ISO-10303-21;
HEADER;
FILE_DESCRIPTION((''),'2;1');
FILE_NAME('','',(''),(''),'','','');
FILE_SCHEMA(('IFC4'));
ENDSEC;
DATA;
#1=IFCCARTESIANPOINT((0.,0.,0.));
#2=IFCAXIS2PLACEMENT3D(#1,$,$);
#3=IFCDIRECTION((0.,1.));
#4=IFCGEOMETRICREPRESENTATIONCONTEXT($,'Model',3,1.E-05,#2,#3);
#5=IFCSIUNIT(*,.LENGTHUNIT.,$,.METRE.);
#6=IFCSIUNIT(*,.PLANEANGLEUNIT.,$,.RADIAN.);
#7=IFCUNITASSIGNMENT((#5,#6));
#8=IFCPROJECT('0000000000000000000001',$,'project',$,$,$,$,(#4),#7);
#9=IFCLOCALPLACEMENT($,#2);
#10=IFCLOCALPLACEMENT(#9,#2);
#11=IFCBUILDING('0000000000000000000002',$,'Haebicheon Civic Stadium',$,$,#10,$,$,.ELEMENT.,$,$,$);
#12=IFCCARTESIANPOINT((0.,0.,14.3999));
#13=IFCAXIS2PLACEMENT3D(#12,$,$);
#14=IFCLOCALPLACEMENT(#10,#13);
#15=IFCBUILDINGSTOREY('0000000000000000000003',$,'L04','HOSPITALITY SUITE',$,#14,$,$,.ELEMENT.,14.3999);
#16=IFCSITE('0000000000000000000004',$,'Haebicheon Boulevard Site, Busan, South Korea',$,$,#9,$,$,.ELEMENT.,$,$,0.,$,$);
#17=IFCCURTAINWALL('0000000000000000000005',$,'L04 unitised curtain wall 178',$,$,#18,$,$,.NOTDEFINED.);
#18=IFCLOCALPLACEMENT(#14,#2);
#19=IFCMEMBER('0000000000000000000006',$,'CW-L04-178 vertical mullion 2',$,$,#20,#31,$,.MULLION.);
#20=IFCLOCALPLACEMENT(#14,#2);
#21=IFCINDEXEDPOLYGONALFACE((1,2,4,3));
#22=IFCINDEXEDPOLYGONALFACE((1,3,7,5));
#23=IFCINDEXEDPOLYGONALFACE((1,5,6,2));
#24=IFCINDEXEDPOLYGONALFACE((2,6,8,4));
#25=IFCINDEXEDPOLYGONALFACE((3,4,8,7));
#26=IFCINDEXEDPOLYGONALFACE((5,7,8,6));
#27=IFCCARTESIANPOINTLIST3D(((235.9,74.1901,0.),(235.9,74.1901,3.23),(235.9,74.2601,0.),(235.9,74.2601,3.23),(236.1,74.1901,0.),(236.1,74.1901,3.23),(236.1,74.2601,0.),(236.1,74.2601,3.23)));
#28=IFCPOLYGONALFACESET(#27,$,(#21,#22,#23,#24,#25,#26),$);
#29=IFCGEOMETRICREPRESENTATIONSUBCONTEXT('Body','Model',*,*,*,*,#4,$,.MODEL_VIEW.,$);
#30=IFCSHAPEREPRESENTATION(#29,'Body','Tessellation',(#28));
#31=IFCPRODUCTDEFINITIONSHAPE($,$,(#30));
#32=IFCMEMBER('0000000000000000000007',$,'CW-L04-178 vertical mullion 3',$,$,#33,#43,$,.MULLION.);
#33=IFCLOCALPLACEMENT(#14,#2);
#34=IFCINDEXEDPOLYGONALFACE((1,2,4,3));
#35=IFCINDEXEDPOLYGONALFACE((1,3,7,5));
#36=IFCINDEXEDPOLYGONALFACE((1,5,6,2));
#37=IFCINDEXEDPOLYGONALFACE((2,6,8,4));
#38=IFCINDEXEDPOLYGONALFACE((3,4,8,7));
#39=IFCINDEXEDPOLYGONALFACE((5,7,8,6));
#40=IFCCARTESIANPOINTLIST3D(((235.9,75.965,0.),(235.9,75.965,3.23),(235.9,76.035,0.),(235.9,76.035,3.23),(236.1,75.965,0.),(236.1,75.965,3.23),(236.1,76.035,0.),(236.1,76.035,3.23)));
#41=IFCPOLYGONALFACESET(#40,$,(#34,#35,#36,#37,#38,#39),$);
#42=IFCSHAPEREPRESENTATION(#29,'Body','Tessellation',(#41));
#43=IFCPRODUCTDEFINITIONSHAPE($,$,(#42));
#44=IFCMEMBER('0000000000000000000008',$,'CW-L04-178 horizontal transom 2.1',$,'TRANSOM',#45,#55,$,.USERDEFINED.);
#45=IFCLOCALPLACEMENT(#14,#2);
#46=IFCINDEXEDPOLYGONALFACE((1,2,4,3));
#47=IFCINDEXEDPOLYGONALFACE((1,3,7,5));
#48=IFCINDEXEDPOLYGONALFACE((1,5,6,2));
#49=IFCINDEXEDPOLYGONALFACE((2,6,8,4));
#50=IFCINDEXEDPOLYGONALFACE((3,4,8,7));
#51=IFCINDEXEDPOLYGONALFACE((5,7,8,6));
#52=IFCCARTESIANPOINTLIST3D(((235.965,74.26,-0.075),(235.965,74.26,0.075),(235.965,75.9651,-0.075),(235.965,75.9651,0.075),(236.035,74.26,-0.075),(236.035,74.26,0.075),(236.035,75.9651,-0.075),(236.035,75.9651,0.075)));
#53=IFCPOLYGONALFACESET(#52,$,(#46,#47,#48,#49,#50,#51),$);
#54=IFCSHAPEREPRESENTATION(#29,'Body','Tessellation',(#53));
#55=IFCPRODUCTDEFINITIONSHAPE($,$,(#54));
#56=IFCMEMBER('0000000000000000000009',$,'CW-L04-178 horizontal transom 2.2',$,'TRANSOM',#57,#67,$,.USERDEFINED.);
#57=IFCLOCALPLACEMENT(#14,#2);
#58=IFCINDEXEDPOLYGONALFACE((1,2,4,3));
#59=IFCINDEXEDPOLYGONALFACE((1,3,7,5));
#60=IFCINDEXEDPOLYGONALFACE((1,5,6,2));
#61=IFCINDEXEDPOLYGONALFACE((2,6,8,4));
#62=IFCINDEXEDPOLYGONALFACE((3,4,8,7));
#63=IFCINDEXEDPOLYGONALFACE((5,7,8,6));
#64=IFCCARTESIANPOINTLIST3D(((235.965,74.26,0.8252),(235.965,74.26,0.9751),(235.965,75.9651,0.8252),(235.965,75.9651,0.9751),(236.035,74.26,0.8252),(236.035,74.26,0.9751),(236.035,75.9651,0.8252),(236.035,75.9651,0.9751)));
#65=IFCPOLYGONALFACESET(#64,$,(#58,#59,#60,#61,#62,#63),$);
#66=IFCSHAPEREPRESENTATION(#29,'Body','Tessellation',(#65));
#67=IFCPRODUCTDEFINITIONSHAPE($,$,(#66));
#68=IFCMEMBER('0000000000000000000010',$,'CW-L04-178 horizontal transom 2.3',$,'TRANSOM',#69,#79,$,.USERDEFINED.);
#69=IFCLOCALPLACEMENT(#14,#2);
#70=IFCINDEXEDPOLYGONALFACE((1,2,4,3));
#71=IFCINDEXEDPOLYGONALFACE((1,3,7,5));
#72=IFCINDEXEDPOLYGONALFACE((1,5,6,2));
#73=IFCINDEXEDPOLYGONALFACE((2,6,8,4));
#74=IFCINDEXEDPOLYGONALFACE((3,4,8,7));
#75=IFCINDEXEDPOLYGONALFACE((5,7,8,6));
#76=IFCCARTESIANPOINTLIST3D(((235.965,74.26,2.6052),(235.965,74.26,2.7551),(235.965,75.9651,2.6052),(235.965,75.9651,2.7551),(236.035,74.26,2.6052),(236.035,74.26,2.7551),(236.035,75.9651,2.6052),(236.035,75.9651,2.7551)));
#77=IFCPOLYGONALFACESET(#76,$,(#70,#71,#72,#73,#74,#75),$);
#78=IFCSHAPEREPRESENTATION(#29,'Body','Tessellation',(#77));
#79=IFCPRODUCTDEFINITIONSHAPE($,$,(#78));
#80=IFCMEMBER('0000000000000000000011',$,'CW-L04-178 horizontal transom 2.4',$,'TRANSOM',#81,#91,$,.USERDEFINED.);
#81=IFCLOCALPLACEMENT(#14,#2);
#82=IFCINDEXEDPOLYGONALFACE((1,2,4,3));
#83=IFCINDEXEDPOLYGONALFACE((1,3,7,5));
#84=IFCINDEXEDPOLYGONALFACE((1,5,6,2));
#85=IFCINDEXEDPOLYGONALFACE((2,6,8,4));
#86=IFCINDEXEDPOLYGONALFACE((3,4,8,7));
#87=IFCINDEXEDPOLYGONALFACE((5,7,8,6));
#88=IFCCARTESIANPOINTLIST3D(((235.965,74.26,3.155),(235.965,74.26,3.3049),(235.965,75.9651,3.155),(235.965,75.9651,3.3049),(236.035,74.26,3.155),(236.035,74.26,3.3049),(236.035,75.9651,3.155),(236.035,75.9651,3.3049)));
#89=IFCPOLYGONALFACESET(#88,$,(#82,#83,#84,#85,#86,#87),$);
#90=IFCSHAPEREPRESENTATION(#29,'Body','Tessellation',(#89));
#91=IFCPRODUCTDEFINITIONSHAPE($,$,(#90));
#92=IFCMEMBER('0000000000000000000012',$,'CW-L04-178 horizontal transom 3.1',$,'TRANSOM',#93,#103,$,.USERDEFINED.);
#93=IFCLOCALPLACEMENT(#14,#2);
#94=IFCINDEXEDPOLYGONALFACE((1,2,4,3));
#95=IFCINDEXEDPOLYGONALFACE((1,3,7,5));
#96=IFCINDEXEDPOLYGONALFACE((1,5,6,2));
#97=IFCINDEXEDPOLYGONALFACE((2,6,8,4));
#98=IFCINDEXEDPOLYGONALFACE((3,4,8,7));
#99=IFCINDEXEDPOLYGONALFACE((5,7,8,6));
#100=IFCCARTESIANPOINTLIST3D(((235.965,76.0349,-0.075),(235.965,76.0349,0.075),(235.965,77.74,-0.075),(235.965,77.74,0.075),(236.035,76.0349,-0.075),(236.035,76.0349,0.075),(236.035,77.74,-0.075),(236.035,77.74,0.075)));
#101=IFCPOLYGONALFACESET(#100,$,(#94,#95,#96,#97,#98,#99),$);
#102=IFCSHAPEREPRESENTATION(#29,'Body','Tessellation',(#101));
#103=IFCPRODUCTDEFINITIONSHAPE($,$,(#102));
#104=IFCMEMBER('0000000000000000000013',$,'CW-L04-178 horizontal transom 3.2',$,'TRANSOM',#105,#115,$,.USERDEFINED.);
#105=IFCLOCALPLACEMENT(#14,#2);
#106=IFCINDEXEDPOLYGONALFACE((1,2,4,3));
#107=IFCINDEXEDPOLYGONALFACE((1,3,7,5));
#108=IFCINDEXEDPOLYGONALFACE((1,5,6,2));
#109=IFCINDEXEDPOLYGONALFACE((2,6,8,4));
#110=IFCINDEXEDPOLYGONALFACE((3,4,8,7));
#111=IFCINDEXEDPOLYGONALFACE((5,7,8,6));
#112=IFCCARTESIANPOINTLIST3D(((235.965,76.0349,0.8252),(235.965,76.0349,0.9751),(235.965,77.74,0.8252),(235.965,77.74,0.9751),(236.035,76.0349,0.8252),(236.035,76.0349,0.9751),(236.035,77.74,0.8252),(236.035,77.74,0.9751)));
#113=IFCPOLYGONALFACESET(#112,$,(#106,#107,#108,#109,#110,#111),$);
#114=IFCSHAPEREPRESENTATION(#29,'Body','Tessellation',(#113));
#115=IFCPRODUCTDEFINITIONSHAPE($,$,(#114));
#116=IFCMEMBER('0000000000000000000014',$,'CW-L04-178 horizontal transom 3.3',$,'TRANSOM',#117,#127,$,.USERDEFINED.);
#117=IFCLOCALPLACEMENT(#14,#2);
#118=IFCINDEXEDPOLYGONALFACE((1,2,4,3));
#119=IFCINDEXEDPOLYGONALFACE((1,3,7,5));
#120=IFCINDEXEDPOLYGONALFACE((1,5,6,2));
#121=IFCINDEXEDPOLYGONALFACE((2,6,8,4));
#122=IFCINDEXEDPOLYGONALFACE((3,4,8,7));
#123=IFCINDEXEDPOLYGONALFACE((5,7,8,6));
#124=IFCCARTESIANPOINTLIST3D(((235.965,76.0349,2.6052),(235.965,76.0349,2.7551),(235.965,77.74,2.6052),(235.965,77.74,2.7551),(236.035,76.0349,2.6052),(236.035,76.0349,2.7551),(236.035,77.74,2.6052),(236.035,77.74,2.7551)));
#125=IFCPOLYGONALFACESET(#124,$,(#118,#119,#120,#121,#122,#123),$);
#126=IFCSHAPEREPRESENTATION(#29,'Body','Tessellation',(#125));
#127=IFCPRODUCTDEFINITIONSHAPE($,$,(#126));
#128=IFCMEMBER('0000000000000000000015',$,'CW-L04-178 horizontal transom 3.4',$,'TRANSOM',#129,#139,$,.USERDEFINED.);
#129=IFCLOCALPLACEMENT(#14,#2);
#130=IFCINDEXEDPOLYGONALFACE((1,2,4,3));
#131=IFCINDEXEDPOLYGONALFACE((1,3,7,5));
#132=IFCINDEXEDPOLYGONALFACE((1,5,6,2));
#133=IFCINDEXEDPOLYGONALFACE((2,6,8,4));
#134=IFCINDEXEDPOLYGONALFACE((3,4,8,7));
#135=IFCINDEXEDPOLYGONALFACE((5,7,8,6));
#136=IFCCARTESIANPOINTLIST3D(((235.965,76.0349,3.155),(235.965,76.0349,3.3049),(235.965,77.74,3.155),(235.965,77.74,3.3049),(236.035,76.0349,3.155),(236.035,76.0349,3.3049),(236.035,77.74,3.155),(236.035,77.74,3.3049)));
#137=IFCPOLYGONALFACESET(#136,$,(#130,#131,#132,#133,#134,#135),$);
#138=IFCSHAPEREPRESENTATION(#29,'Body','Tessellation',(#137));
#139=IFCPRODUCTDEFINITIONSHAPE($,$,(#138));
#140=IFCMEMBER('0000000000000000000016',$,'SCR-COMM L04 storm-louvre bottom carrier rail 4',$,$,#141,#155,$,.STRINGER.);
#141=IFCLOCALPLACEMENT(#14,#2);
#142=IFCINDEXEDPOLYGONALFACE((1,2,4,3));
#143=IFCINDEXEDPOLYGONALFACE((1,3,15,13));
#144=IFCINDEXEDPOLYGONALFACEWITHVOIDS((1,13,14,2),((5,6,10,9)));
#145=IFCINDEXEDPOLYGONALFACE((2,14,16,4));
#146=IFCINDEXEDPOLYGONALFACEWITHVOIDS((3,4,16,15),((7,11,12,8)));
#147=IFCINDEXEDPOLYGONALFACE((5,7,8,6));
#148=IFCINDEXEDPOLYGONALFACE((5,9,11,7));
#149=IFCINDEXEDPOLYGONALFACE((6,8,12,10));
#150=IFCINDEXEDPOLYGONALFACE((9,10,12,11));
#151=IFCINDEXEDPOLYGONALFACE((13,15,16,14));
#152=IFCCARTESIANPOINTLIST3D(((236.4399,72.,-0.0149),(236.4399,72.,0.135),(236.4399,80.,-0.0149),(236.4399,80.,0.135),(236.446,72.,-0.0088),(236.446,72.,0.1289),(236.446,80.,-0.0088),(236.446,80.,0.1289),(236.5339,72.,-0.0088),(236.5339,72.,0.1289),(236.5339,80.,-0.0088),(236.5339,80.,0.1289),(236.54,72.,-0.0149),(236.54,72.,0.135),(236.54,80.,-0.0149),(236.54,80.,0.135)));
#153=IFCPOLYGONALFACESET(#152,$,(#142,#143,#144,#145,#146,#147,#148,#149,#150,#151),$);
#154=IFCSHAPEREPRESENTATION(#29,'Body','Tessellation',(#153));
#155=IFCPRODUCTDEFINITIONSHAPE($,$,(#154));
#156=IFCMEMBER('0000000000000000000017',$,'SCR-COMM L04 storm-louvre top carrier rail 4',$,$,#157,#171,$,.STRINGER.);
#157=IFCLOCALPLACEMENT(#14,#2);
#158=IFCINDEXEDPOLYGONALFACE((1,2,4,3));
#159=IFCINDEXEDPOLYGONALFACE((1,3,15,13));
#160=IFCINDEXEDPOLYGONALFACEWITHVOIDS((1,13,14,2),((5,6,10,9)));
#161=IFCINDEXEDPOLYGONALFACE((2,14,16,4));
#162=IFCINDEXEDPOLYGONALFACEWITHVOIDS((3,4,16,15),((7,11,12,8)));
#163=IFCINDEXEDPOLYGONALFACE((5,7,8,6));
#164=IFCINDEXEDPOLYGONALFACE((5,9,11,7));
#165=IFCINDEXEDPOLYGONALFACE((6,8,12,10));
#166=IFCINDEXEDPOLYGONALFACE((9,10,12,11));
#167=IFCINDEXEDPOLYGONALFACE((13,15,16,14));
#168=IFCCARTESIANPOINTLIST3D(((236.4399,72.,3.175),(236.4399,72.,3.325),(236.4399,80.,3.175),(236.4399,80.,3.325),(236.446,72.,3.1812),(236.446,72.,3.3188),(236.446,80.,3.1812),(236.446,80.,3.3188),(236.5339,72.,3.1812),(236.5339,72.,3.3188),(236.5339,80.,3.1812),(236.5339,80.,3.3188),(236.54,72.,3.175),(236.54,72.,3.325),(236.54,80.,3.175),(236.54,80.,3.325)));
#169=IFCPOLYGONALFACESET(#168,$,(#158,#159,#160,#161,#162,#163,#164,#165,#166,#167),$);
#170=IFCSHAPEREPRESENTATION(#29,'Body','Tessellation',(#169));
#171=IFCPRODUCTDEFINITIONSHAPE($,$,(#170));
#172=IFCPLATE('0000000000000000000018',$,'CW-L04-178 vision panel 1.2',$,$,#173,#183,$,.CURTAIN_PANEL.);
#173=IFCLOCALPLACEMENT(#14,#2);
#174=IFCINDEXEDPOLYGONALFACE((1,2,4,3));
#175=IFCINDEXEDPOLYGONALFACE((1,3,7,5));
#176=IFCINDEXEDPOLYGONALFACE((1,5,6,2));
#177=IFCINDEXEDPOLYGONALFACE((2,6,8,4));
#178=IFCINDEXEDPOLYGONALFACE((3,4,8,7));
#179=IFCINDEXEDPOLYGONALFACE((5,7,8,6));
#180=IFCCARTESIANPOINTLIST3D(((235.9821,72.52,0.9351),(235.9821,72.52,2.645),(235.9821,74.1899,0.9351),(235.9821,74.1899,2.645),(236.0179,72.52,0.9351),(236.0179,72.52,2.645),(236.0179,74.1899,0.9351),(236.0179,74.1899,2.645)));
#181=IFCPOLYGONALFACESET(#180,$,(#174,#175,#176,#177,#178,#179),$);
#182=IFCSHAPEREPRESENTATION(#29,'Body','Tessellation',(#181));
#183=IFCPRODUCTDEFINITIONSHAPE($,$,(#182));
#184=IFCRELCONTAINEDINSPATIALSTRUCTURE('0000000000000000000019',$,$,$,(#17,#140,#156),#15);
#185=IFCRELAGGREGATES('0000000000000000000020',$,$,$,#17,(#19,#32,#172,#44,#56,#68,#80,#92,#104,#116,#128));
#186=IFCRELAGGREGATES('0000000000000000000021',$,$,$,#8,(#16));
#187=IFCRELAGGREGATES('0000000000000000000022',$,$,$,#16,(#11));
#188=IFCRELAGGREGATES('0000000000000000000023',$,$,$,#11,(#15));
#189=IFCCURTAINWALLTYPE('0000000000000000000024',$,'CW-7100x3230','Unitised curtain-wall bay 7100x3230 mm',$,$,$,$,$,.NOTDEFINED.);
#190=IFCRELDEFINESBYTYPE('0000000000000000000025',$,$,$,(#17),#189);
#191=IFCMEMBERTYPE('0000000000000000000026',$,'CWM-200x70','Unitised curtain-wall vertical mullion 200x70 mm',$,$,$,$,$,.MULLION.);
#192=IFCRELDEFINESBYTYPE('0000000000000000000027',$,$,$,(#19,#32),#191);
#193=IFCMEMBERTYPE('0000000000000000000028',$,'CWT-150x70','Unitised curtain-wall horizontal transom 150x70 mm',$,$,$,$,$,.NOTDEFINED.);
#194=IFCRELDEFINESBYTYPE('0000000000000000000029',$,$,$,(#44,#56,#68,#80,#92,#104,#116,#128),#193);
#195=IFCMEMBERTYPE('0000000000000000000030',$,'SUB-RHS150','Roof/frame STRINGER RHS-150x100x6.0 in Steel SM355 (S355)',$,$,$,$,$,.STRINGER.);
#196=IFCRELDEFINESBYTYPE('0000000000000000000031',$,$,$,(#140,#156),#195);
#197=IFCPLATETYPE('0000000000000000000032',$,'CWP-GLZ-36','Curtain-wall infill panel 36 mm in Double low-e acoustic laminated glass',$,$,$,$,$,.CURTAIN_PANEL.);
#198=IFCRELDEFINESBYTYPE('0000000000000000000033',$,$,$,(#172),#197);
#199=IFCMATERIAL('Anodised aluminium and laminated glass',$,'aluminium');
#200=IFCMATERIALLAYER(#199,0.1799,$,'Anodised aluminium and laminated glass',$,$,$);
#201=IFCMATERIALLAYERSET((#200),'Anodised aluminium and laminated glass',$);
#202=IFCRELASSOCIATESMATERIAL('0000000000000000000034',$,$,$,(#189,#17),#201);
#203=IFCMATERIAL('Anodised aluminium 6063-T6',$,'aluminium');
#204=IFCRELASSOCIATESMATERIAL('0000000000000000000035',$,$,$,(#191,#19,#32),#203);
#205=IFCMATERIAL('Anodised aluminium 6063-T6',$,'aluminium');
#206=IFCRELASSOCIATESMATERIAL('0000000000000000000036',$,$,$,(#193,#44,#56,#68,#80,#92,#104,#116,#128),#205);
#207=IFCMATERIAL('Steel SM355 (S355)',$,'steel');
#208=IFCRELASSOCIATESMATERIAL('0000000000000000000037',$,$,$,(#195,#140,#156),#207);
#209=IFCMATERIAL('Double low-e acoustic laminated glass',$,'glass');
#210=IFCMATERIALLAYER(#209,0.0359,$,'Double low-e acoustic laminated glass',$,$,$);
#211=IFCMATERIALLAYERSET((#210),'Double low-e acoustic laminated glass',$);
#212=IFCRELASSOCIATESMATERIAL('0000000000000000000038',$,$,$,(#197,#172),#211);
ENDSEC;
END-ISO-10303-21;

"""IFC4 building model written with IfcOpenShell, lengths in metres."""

from ifc_helpers import new_model, si_unit, direction, frame, origin, origin_2d, place, context, subcontext, project, spatial, rectangle, hollow_rectangle, extrude, material, layer, layer_set, material_profile, profile_set, type_object, element, aggregate, save


model = new_model("IFC4")

# Units and contexts
model_context = context("Model", 3, precision=1e-05, world=origin(), true_north=direction((0.0, 1.0)))
body_context = subcontext(model_context, "Body", "Model", "MODEL_VIEW")
ifc_project = project(units=[si_unit("LENGTHUNIT", "METRE"), si_unit("PLANEANGLEUNIT", "RADIAN")], contexts=[model_context])

# Site, building, storey
site_placement = place(None, origin())
site = spatial("IfcSite", under=ifc_project, at=site_placement, Name="Haebicheon Boulevard Site, Busan, South Korea", CompositionType="ELEMENT", RefElevation=0.0)
building_placement = place(site_placement, origin())
building = spatial("IfcBuilding", under=site, at=building_placement, Name="Haebicheon Civic Stadium", CompositionType="ELEMENT")
storey_placement = place(building_placement, frame((0.0, 0.0, 14.3999)))
storey = spatial("IfcBuildingStorey", under=building, at=storey_placement, Name="L04", Description="HOSPITALITY SUITE", CompositionType="ELEMENT", Elevation=14.3999)

# Curtain wall, members
ifc_material_1 = material(Name="Anodised aluminium and laminated glass", Category="aluminium")
ifc_layer_1 = layer(ifc_material_1, 0.1799, Name="Anodised aluminium and laminated glass")
ifc_layer_set_1 = layer_set([ifc_layer_1], Name="Anodised aluminium and laminated glass")
curtain_wall_type = type_object("IfcCurtainWallType", Name="CW-7100x3230", Description="Unitised curtain-wall bay 7100x3230 mm", PredefinedType="NOTDEFINED", material=ifc_layer_set_1)
curtain_wall_placement = place(storey_placement, origin())
curtain_wall = element("IfcCurtainWall", 1, at=curtain_wall_placement, inside=storey, type_object=curtain_wall_type, material=ifc_layer_set_1, Name="L04 unitised curtain wall 178", PredefinedType="NOTDEFINED")
ifc_material_2 = material(Name="Anodised aluminium 6063-T6", Category="aluminium")
ifc_material_profile_1 = material_profile(ifc_material_2, rectangle(XDim=0.0701, YDim=0.2, at=origin_2d()), Name="ALU-MULL-70x200")
ifc_profile_set_1 = profile_set([ifc_material_profile_1], Name="Anodised aluminium 6063-T6")
member_type_1 = type_object("IfcMemberType", Name="CWM-200x70", Description="Unitised curtain-wall vertical mullion 200x70 mm", PredefinedType="MULLION", material=ifc_profile_set_1)
member_1_placement = place(storey_placement, frame((236.0, 74.2251, 0.0), z_axis=(0.0, 0.0, 1.0), x_axis=(0.0, 1.0, 0.0)))
member_1 = element("IfcMember", 2, at=member_1_placement, type_object=member_type_1, material=ifc_profile_set_1, Name="CW-L04-178 vertical mullion 2", PredefinedType="MULLION", context=body_context, shape_type="SweptSolid", body=[
    extrude(rectangle(XDim=0.0701, YDim=0.2, at=origin_2d()), origin(), (0.0, 0.0, 1.0), 3.23),
])
member_2_placement = place(storey_placement, frame((236.0, 76.0, 0.0), z_axis=(0.0, 0.0, 1.0), x_axis=(0.0, 1.0, 0.0)))
member_2 = element("IfcMember", 3, at=member_2_placement, type_object=member_type_1, material=ifc_profile_set_1, Name="CW-L04-178 vertical mullion 3", PredefinedType="MULLION", context=body_context, shape_type="SweptSolid", body=[
    extrude(rectangle(XDim=0.0701, YDim=0.2, at=origin_2d()), origin(), (0.0, 0.0, 1.0), 3.23),
])
ifc_material_3 = material(Name="Anodised aluminium 6063-T6", Category="aluminium")
ifc_material_profile_2 = material_profile(ifc_material_3, rectangle(XDim=0.0701, YDim=0.1499, at=origin_2d()), Name="ALU-TRAN-70x150")
ifc_profile_set_2 = profile_set([ifc_material_profile_2], Name="Anodised aluminium 6063-T6")
member_type_2 = type_object("IfcMemberType", Name="CWT-150x70", Description="Unitised curtain-wall horizontal transom 150x70 mm", PredefinedType="NOTDEFINED", material=ifc_profile_set_2)
member_3_placement = place(storey_placement, frame((236.0, 74.26, 0.0), z_axis=(0.0, 1.0, 0.0), x_axis=(-1.0, 0.0, 0.0)))
member_3 = element("IfcMember", 4, at=member_3_placement, type_object=member_type_2, material=ifc_profile_set_2, Name="CW-L04-178 horizontal transom 2.1", ObjectType="TRANSOM", PredefinedType="USERDEFINED", context=body_context, shape_type="SweptSolid", body=[
    extrude(rectangle(XDim=0.0701, YDim=0.1499, at=origin_2d()), origin(), (0.0, 0.0, 1.0), 1.7051),
])
member_4_placement = place(storey_placement, frame((236.0, 74.26, 0.9001), z_axis=(0.0, 1.0, 0.0), x_axis=(-1.0, 0.0, 0.0)))
member_4 = element("IfcMember", 5, at=member_4_placement, type_object=member_type_2, material=ifc_profile_set_2, Name="CW-L04-178 horizontal transom 2.2", ObjectType="TRANSOM", PredefinedType="USERDEFINED", context=body_context, shape_type="SweptSolid", body=[
    extrude(rectangle(XDim=0.0701, YDim=0.1499, at=origin_2d()), origin(), (0.0, 0.0, 1.0), 1.7051),
])
member_5_placement = place(storey_placement, frame((236.0, 74.26, 2.6802), z_axis=(0.0, 1.0, 0.0), x_axis=(-1.0, 0.0, 0.0)))
member_5 = element("IfcMember", 6, at=member_5_placement, type_object=member_type_2, material=ifc_profile_set_2, Name="CW-L04-178 horizontal transom 2.3", ObjectType="TRANSOM", PredefinedType="USERDEFINED", context=body_context, shape_type="SweptSolid", body=[
    extrude(rectangle(XDim=0.0701, YDim=0.1499, at=origin_2d()), origin(), (0.0, 0.0, 1.0), 1.7051),
])
member_6_placement = place(storey_placement, frame((236.0, 74.26, 3.23), z_axis=(0.0, 1.0, 0.0), x_axis=(-1.0, 0.0, 0.0)))
member_6 = element("IfcMember", 7, at=member_6_placement, type_object=member_type_2, material=ifc_profile_set_2, Name="CW-L04-178 horizontal transom 2.4", ObjectType="TRANSOM", PredefinedType="USERDEFINED", context=body_context, shape_type="SweptSolid", body=[
    extrude(rectangle(XDim=0.0701, YDim=0.1499, at=origin_2d()), origin(), (0.0, 0.0, 1.0), 1.7051),
])
member_7_placement = place(storey_placement, frame((236.0, 76.0349, 0.0), z_axis=(0.0, 1.0, 0.0), x_axis=(-1.0, 0.0, 0.0)))
member_7 = element("IfcMember", 8, at=member_7_placement, type_object=member_type_2, material=ifc_profile_set_2, Name="CW-L04-178 horizontal transom 3.1", ObjectType="TRANSOM", PredefinedType="USERDEFINED", context=body_context, shape_type="SweptSolid", body=[
    extrude(rectangle(XDim=0.0701, YDim=0.1499, at=origin_2d()), origin(), (0.0, 0.0, 1.0), 1.7051),
])
member_8_placement = place(storey_placement, frame((236.0, 76.0349, 0.9001), z_axis=(0.0, 1.0, 0.0), x_axis=(-1.0, 0.0, 0.0)))
member_8 = element("IfcMember", 9, at=member_8_placement, type_object=member_type_2, material=ifc_profile_set_2, Name="CW-L04-178 horizontal transom 3.2", ObjectType="TRANSOM", PredefinedType="USERDEFINED", context=body_context, shape_type="SweptSolid", body=[
    extrude(rectangle(XDim=0.0701, YDim=0.1499, at=origin_2d()), origin(), (0.0, 0.0, 1.0), 1.7051),
])
member_9_placement = place(storey_placement, frame((236.0, 76.0349, 2.6802), z_axis=(0.0, 1.0, 0.0), x_axis=(-1.0, 0.0, 0.0)))
member_9 = element("IfcMember", 10, at=member_9_placement, type_object=member_type_2, material=ifc_profile_set_2, Name="CW-L04-178 horizontal transom 3.3", ObjectType="TRANSOM", PredefinedType="USERDEFINED", context=body_context, shape_type="SweptSolid", body=[
    extrude(rectangle(XDim=0.0701, YDim=0.1499, at=origin_2d()), origin(), (0.0, 0.0, 1.0), 1.7051),
])
member_10_placement = place(storey_placement, frame((236.0, 76.0349, 3.23), z_axis=(0.0, 1.0, 0.0), x_axis=(-1.0, 0.0, 0.0)))
member_10 = element("IfcMember", 11, at=member_10_placement, type_object=member_type_2, material=ifc_profile_set_2, Name="CW-L04-178 horizontal transom 3.4", ObjectType="TRANSOM", PredefinedType="USERDEFINED", context=body_context, shape_type="SweptSolid", body=[
    extrude(rectangle(XDim=0.0701, YDim=0.1499, at=origin_2d()), origin(), (0.0, 0.0, 1.0), 1.7051),
])

# Members
ifc_material_4 = material(Name="Steel SM355 (S355)", Category="steel")
ifc_material_profile_3 = material_profile(ifc_material_4, hollow_rectangle(XDim=0.1001, YDim=0.1499, WallThickness=0.0061, at=origin_2d()), Name="RHS-150x100x6.0")
ifc_profile_set_3 = profile_set([ifc_material_profile_3], Name="Steel SM355 (S355)")
member_type_3 = type_object("IfcMemberType", Name="SUB-RHS150", Description="Roof/frame STRINGER RHS-150x100x6.0 in Steel SM355 (S355)", PredefinedType="STRINGER", material=ifc_profile_set_3)
for number, where, z_axis, x_axis, name in (
    (12, (236.49, 72.0, 0.0601), (0.0, 1.0, 0.0), (-1.0, 0.0, 0.0), "SCR-COMM L04 storm-louvre bottom carrier rail 4"),
    (13, (236.49, 72.0, 3.25), (0.0, 1.0, 0.0), (-1.0, 0.0, 0.0), "SCR-COMM L04 storm-louvre top carrier rail 4"),
):
    element("IfcMember", number, at=place(storey_placement, frame(where, z_axis=z_axis, x_axis=x_axis)), inside=storey, type_object=member_type_3, material=ifc_profile_set_3, Name=name, PredefinedType="STRINGER", context=body_context, shape_type="SweptSolid", body=[
        extrude(hollow_rectangle(XDim=0.1001, YDim=0.1499, WallThickness=0.0061, at=origin_2d()), origin(), (0.0, 0.0, 1.0), 8.0),
    ])

# Plate
ifc_material_5 = material(Name="Double low-e acoustic laminated glass", Category="glass")
ifc_layer_2 = layer(ifc_material_5, 0.0359, Name="Double low-e acoustic laminated glass")
ifc_layer_set_2 = layer_set([ifc_layer_2], Name="Double low-e acoustic laminated glass")
plate_type_1 = type_object("IfcPlateType", Name="CWP-GLZ-36", Description="Curtain-wall infill panel 36 mm in Double low-e acoustic laminated glass", PredefinedType="CURTAIN_PANEL", material=ifc_layer_set_2)
plate_1_placement = place(storey_placement, frame((236.0, 73.355, 0.9351), z_axis=(0.0, 0.0, 1.0), x_axis=(0.0, 1.0, 0.0)))
plate_1 = element("IfcPlate", 14, at=plate_1_placement, type_object=plate_type_1, material=ifc_layer_set_2, Name="CW-L04-178 vision panel 1.2", PredefinedType="CURTAIN_PANEL", context=body_context, shape_type="SweptSolid", body=[
    extrude(rectangle(XDim=1.6699, YDim=0.0359, at=origin_2d()), origin(), (0.0, 0.0, 1.0), 1.71),
])
aggregate(curtain_wall, [member_1, member_2, plate_1, member_3, member_4, member_5, member_6, member_7, member_8, member_9, member_10])

save(model, "model.ifc")
